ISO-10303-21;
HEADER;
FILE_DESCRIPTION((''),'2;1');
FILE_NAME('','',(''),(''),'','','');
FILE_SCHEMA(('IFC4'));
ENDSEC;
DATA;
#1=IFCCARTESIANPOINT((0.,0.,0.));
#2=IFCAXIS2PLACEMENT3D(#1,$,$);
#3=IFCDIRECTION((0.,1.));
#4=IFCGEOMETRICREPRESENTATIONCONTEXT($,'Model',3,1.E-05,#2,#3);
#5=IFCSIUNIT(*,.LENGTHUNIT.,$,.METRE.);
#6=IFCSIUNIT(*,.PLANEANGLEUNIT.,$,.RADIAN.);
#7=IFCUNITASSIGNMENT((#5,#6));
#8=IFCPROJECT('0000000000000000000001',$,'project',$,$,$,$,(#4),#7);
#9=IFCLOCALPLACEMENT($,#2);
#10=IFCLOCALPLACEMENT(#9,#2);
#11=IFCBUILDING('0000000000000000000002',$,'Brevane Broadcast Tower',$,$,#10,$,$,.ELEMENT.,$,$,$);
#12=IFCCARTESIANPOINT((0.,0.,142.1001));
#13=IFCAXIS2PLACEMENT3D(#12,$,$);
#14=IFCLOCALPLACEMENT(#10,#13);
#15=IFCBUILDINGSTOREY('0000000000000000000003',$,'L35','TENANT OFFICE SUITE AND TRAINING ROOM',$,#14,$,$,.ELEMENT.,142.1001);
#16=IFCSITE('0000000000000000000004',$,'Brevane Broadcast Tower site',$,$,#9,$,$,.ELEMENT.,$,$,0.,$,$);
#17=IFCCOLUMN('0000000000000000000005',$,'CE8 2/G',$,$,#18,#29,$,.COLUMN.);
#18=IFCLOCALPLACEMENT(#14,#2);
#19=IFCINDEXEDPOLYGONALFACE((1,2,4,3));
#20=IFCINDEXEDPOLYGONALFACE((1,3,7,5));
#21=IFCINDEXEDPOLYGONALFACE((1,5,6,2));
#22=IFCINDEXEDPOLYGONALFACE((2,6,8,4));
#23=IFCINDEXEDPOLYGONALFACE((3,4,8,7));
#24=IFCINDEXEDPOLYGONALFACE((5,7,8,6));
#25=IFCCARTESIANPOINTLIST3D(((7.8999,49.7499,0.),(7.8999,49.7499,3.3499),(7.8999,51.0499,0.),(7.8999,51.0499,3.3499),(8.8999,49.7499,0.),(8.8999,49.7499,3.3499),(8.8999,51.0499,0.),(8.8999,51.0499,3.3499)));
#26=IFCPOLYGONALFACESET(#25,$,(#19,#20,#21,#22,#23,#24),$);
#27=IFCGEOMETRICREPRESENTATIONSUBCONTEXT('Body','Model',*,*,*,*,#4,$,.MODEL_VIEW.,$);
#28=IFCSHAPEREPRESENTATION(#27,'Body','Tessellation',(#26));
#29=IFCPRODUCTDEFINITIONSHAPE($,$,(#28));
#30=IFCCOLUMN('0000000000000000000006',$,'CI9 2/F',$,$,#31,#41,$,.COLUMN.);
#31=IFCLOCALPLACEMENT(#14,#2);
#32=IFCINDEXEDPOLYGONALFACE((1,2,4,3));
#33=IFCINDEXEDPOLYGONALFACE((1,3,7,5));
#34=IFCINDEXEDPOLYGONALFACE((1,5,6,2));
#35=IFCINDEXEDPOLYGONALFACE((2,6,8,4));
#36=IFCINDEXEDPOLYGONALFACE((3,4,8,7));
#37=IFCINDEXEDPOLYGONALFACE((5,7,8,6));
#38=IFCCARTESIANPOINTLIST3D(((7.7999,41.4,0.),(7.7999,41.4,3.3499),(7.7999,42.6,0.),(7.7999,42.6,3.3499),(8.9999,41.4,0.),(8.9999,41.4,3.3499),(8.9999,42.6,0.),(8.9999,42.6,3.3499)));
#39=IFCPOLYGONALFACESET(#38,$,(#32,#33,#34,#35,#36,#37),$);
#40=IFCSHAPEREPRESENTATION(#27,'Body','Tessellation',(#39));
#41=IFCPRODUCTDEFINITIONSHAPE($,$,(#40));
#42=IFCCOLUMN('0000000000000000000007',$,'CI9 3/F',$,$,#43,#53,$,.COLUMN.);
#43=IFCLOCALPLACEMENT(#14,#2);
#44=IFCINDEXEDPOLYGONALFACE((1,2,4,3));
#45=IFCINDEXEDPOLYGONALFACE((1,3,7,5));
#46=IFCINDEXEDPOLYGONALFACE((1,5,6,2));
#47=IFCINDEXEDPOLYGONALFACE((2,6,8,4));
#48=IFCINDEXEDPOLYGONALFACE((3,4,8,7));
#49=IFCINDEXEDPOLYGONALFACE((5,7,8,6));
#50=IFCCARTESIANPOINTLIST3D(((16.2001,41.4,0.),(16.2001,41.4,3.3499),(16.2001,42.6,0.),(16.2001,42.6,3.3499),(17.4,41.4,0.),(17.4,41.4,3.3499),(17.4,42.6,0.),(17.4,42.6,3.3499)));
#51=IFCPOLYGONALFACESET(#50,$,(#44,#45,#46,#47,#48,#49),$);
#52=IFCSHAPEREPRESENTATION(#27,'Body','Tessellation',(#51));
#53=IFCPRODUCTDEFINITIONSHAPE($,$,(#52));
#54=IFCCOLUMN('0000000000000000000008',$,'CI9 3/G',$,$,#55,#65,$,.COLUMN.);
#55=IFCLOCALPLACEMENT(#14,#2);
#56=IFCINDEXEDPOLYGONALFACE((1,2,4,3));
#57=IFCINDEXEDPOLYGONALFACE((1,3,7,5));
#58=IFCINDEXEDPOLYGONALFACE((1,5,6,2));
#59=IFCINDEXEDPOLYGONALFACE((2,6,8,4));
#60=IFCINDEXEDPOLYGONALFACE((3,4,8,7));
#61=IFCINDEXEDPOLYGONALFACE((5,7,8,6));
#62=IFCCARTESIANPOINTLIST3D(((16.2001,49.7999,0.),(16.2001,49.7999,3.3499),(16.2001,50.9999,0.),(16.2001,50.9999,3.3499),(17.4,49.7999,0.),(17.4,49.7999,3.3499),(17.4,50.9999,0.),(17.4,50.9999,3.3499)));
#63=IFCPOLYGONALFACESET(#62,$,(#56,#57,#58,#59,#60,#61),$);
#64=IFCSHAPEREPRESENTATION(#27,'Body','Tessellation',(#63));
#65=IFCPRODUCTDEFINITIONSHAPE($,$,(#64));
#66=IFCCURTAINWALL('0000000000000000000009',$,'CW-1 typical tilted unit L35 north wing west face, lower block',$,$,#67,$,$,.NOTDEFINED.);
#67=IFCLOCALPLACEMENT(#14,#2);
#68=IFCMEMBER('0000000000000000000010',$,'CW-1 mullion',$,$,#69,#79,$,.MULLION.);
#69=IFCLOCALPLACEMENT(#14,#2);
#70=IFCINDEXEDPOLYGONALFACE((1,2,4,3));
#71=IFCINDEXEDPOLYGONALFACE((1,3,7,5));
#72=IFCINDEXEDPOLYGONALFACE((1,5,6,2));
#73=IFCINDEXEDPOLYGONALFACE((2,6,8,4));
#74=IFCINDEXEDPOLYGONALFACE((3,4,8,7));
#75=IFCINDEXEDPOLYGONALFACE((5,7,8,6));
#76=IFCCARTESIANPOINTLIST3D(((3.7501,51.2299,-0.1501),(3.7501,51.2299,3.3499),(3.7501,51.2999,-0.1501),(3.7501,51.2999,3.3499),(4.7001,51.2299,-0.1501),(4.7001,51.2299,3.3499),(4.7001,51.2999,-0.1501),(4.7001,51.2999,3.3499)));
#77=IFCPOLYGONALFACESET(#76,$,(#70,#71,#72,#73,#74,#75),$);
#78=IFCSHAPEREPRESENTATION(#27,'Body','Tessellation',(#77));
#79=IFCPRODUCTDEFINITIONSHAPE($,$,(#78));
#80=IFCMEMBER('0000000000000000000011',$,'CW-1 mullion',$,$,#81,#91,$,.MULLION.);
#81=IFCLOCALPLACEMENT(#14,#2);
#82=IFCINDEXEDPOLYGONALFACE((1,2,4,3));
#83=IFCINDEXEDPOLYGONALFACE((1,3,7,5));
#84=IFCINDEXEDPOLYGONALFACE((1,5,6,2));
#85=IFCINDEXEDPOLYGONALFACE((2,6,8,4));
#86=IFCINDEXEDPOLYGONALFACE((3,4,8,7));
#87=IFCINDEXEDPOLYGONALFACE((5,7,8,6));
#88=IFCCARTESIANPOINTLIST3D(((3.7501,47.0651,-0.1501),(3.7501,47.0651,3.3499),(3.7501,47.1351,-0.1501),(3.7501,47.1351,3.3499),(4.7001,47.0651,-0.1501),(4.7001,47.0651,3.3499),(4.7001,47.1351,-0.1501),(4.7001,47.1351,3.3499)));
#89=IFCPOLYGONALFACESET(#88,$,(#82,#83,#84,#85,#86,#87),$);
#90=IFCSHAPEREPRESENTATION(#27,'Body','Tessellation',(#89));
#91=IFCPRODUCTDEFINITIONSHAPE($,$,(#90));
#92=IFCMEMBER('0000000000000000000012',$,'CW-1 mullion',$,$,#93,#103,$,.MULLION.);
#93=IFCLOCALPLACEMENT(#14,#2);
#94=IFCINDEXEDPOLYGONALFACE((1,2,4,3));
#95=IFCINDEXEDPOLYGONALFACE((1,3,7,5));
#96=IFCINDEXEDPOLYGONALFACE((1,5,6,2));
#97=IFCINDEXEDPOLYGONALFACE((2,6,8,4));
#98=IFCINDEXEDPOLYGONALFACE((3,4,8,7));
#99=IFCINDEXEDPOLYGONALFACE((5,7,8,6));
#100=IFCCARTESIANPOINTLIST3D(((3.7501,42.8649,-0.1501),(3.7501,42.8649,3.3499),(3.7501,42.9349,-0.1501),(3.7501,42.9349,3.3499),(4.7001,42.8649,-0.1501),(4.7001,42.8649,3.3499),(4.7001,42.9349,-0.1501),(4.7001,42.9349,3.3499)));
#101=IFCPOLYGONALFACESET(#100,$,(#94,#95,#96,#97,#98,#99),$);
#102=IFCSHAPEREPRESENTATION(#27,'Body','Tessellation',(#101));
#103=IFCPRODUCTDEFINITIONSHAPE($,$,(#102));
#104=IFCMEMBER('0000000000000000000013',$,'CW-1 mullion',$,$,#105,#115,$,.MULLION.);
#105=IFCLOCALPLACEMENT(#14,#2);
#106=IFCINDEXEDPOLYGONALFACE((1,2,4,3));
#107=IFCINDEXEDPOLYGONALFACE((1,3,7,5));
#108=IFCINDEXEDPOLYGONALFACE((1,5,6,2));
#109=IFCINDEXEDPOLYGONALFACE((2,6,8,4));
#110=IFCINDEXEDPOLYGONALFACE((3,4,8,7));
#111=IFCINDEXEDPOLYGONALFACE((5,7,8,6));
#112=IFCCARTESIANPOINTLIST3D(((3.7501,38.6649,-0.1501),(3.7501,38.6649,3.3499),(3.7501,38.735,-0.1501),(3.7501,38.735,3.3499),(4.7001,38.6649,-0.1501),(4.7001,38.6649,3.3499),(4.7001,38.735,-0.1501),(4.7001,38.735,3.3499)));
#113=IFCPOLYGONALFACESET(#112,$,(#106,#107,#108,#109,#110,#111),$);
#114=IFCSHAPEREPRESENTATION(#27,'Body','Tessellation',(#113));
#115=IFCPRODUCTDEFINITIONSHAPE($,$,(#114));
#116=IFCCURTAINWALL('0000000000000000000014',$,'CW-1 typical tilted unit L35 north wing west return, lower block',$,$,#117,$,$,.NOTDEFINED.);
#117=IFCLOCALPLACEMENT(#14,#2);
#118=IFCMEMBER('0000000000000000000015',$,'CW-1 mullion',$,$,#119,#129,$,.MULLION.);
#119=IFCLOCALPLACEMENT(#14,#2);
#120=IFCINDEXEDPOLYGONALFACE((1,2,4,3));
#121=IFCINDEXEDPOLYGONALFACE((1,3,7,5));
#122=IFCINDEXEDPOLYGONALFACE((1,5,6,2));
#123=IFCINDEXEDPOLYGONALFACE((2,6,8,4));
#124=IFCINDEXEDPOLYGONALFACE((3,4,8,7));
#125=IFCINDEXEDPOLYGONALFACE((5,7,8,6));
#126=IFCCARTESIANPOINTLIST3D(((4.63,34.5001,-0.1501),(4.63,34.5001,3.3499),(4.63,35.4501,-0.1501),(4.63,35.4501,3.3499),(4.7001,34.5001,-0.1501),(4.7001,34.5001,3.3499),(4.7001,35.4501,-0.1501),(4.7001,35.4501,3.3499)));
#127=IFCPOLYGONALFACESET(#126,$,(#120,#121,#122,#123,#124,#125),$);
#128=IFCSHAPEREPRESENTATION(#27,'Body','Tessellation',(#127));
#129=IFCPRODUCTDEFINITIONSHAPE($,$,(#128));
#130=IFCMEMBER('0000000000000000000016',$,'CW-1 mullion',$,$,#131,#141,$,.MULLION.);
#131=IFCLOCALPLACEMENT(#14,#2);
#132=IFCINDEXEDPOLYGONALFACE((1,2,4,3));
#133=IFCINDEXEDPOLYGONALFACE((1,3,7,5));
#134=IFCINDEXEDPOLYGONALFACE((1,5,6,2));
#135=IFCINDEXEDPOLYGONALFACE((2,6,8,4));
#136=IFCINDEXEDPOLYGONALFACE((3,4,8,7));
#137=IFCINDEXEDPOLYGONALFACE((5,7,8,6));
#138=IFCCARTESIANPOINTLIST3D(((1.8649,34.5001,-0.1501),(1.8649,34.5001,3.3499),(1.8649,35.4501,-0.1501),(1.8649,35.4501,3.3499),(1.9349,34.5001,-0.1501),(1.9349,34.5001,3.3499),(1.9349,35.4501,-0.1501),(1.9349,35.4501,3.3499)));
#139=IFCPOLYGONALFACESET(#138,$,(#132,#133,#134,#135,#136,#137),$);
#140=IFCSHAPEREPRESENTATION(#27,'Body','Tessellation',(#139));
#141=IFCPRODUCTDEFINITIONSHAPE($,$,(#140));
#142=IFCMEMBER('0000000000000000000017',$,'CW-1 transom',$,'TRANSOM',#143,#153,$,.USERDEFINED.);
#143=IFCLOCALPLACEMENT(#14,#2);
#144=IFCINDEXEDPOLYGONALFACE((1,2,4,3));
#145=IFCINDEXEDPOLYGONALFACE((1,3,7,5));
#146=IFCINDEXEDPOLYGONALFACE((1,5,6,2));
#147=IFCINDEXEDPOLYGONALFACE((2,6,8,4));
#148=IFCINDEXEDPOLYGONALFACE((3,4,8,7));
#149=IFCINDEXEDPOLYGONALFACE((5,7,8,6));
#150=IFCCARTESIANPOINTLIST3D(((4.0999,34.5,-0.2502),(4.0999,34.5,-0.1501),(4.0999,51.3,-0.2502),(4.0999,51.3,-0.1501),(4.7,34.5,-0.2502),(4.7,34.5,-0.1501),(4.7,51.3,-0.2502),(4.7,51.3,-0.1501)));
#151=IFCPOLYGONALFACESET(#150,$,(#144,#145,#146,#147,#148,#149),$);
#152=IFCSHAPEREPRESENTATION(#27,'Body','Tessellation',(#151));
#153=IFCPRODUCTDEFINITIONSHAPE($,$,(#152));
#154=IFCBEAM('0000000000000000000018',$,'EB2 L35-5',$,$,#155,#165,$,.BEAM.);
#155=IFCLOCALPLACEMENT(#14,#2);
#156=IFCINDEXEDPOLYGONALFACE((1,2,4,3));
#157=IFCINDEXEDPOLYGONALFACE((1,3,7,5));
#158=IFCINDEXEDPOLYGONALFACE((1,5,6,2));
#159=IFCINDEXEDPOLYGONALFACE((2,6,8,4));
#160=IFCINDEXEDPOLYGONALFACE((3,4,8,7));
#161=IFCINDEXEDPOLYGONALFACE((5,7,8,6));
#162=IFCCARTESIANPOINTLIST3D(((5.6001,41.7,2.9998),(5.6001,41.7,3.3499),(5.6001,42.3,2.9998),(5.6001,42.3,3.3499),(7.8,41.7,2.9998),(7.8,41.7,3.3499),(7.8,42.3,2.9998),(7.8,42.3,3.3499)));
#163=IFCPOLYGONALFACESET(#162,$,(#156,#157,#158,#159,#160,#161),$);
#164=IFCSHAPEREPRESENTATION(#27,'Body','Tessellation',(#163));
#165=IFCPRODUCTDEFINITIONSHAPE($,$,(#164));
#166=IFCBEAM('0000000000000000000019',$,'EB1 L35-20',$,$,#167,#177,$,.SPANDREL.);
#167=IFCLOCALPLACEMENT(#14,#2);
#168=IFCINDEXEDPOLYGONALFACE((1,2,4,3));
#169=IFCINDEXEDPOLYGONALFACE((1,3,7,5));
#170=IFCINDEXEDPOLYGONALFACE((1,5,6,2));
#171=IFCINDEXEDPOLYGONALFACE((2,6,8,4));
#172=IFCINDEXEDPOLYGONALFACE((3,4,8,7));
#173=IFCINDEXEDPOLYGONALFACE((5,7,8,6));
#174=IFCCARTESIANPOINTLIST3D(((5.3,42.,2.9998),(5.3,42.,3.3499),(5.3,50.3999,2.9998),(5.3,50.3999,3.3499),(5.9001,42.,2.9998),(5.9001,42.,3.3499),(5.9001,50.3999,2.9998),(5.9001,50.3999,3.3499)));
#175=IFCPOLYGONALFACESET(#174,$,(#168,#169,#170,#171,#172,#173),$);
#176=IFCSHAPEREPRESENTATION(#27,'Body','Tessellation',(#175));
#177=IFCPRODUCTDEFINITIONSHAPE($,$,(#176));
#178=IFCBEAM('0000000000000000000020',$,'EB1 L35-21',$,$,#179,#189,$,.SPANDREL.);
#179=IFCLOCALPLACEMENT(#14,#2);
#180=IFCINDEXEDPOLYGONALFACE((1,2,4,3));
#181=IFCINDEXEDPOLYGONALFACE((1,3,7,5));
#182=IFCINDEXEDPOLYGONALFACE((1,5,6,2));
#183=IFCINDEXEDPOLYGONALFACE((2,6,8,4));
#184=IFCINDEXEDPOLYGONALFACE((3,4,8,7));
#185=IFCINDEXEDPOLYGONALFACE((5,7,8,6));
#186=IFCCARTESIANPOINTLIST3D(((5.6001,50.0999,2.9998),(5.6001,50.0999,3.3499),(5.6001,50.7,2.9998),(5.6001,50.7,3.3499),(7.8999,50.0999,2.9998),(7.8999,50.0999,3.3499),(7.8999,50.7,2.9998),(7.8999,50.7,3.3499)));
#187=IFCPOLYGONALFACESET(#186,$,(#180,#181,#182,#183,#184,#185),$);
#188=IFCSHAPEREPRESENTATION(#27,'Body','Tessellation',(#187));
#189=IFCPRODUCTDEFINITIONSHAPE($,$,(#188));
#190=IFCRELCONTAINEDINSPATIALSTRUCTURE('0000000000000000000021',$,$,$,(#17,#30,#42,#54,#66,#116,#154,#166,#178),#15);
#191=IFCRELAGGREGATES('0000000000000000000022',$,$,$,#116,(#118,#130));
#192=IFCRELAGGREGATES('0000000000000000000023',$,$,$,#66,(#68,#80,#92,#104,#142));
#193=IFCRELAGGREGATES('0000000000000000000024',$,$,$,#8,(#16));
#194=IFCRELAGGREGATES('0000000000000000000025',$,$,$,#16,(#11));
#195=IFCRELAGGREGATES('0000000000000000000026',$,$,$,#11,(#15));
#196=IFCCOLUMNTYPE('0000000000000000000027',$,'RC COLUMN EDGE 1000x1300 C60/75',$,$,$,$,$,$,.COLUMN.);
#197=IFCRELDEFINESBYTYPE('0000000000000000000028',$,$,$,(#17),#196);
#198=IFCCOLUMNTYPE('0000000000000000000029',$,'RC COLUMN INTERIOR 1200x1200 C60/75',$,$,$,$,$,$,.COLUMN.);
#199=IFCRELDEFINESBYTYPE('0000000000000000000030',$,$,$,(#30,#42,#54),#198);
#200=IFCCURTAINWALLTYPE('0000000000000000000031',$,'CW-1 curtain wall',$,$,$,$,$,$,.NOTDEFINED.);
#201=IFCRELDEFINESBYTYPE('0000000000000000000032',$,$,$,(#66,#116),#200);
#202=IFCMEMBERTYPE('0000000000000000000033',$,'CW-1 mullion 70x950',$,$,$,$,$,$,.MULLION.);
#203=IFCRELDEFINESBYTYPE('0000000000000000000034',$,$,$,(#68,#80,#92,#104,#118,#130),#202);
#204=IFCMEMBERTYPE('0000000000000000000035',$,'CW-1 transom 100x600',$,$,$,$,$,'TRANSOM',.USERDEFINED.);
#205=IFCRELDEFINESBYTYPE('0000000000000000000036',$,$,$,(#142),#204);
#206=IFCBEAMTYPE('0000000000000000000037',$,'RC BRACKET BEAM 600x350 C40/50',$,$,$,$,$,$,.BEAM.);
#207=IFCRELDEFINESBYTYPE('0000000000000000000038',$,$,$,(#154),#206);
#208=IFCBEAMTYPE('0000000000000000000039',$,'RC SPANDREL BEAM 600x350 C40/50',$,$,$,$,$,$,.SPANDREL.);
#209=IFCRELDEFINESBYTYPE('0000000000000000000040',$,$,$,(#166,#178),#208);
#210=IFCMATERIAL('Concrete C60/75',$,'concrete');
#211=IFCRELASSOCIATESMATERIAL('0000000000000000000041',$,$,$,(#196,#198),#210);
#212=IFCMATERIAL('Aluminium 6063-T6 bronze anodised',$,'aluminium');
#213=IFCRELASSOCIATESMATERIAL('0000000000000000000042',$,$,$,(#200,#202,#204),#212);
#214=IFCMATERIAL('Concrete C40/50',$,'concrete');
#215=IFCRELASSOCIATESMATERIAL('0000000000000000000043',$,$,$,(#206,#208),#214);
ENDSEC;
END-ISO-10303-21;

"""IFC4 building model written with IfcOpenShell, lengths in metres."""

from ifc_helpers import new_model, si_unit, direction, frame, origin, origin_2d, place, context, subcontext, project, spatial, rectangle, extrude, material, material_profile, profile_set, type_object, element, aggregate, save


model = new_model("IFC4")

# Units and contexts
model_context = context("Model", 3, precision=1e-05, world=origin(), true_north=direction((0.0, 1.0)))
body_context = subcontext(model_context, "Body", "Model", "MODEL_VIEW")
ifc_project = project(units=[si_unit("LENGTHUNIT", "METRE"), si_unit("PLANEANGLEUNIT", "RADIAN")], contexts=[model_context])

# Site, building, storey
site_placement = place(None, origin())
site = spatial("IfcSite", under=ifc_project, at=site_placement, Name="Brevane Broadcast Tower site", CompositionType="ELEMENT", RefElevation=0.0)
building_placement = place(site_placement, origin())
building = spatial("IfcBuilding", under=site, at=building_placement, Name="Brevane Broadcast Tower", CompositionType="ELEMENT")
storey_placement = place(building_placement, frame((0.0, 0.0, 142.1001)))
storey = spatial("IfcBuildingStorey", under=building, at=storey_placement, Name="L35", Description="TENANT OFFICE SUITE AND TRAINING ROOM", CompositionType="ELEMENT", Elevation=142.1001)

# Columns
ifc_material_1 = material(Name="Concrete C60/75", Category="concrete")
ifc_material_profile_1 = material_profile(ifc_material_1, rectangle(XDim=1.0, YDim=1.3, at=origin_2d()), Name="RC 1000x1300")
ifc_profile_set_1 = profile_set([ifc_material_profile_1], Name="Concrete C60/75")
column_type_1 = type_object("IfcColumnType", Name="RC COLUMN EDGE 1000x1300 C60/75", PredefinedType="COLUMN", material=ifc_profile_set_1)
column_placement = place(storey_placement, frame((8.3999, 50.3999, 0.0), z_axis=(0.0, 0.0, 1.0), x_axis=(1.0, 0.0, 0.0)))
element("IfcColumn", 1, at=column_placement, inside=storey, type_object=column_type_1, Name="CE8 2/G", PredefinedType="COLUMN", context=body_context, shape_type="SweptSolid", body=[
    extrude(rectangle(XDim=1.0, YDim=1.3, at=origin_2d()), origin(), (0.0, 0.0, 1.0), 3.3499),
])
ifc_material_profile_2 = material_profile(ifc_material_1, rectangle(XDim=1.2, YDim=1.2, at=origin_2d()), Name="RC 1200x1200")
ifc_profile_set_2 = profile_set([ifc_material_profile_2], Name="Concrete C60/75")
column_type_2 = type_object("IfcColumnType", Name="RC COLUMN INTERIOR 1200x1200 C60/75", PredefinedType="COLUMN", material=ifc_profile_set_2)
for number, where, z_axis, x_axis, name in (
    (2, (8.3999, 42.0, 0.0), (0.0, 0.0, 1.0), (1.0, 0.0, 0.0), "CI9 2/F"),
    (3, (16.8, 42.0, 0.0), (0.0, 0.0, 1.0), (1.0, 0.0, 0.0), "CI9 3/F"),
    (4, (16.8, 50.3999, 0.0), (0.0, 0.0, 1.0), (1.0, 0.0, 0.0), "CI9 3/G"),
):
    element("IfcColumn", number, at=place(storey_placement, frame(where, z_axis=z_axis, x_axis=x_axis)), inside=storey, type_object=column_type_2, Name=name, PredefinedType="COLUMN", context=body_context, shape_type="SweptSolid", body=[
        extrude(rectangle(XDim=1.2, YDim=1.2, at=origin_2d()), origin(), (0.0, 0.0, 1.0), 3.3499),
    ])

# Curtain walls, members
ifc_material_2 = material(Name="Aluminium 6063-T6 bronze anodised", Category="aluminium")
curtain_wall_type = type_object("IfcCurtainWallType", Name="CW-1 curtain wall", PredefinedType="NOTDEFINED", material=ifc_material_2)
curtain_wall_1_placement = place(storey_placement, origin())
curtain_wall_1 = element("IfcCurtainWall", 5, at=curtain_wall_1_placement, inside=storey, type_object=curtain_wall_type, Name="CW-1 typical tilted unit L35 north wing west face, lower block", PredefinedType="NOTDEFINED")
ifc_material_profile_3 = material_profile(ifc_material_2, rectangle(XDim=0.95, YDim=0.0701, at=origin_2d()), Name="RECT 70x950")
ifc_profile_set_3 = profile_set([ifc_material_profile_3], Name="Aluminium 6063-T6 bronze anodised")
member_type_1 = type_object("IfcMemberType", Name="CW-1 mullion 70x950", PredefinedType="MULLION", material=ifc_profile_set_3)
member_1_placement = place(storey_placement, frame((4.2251, 51.2649, -0.1501), z_axis=(0.0, 0.0, 1.0), x_axis=(1.0, 0.0, 0.0)))
member_1 = element("IfcMember", 6, at=member_1_placement, type_object=member_type_1, Name="CW-1 mullion", PredefinedType="MULLION", context=body_context, shape_type="SweptSolid", body=[
    extrude(rectangle(XDim=0.95, YDim=0.0701, at=origin_2d()), origin(), (0.0, 0.0, 1.0), 3.5),
])
member_2_placement = place(storey_placement, frame((4.2251, 47.1001, -0.1501), z_axis=(0.0, 0.0, 1.0), x_axis=(1.0, 0.0, 0.0)))
member_2 = element("IfcMember", 7, at=member_2_placement, type_object=member_type_1, Name="CW-1 mullion", PredefinedType="MULLION", context=body_context, shape_type="SweptSolid", body=[
    extrude(rectangle(XDim=0.95, YDim=0.0701, at=origin_2d()), origin(), (0.0, 0.0, 1.0), 3.5),
])
member_3_placement = place(storey_placement, frame((4.2251, 42.8999, -0.1501), z_axis=(0.0, 0.0, 1.0), x_axis=(1.0, 0.0, 0.0)))
member_3 = element("IfcMember", 8, at=member_3_placement, type_object=member_type_1, Name="CW-1 mullion", PredefinedType="MULLION", context=body_context, shape_type="SweptSolid", body=[
    extrude(rectangle(XDim=0.95, YDim=0.0701, at=origin_2d()), origin(), (0.0, 0.0, 1.0), 3.5),
])
member_4_placement = place(storey_placement, frame((4.2251, 38.7, -0.1501), z_axis=(0.0, 0.0, 1.0), x_axis=(1.0, 0.0, 0.0)))
member_4 = element("IfcMember", 9, at=member_4_placement, type_object=member_type_1, Name="CW-1 mullion", PredefinedType="MULLION", context=body_context, shape_type="SweptSolid", body=[
    extrude(rectangle(XDim=0.95, YDim=0.0701, at=origin_2d()), origin(), (0.0, 0.0, 1.0), 3.5),
])
curtain_wall_2_placement = place(storey_placement, origin())
curtain_wall_2 = element("IfcCurtainWall", 10, at=curtain_wall_2_placement, inside=storey, type_object=curtain_wall_type, Name="CW-1 typical tilted unit L35 north wing west return, lower block", PredefinedType="NOTDEFINED")
member_5_placement = place(storey_placement, frame((4.665, 34.9751, -0.1501), z_axis=(0.0, 0.0, 1.0), x_axis=(0.0, -1.0, 0.0)))
member_5 = element("IfcMember", 11, at=member_5_placement, type_object=member_type_1, Name="CW-1 mullion", PredefinedType="MULLION", context=body_context, shape_type="SweptSolid", body=[
    extrude(rectangle(XDim=0.95, YDim=0.0701, at=origin_2d()), origin(), (0.0, 0.0, 1.0), 3.5),
])
member_6_placement = place(storey_placement, frame((1.8999, 34.9751, -0.1501), z_axis=(0.0, 0.0, 1.0), x_axis=(0.0, -1.0, 0.0)))
member_6 = element("IfcMember", 12, at=member_6_placement, type_object=member_type_1, Name="CW-1 mullion", PredefinedType="MULLION", context=body_context, shape_type="SweptSolid", body=[
    extrude(rectangle(XDim=0.95, YDim=0.0701, at=origin_2d()), origin(), (0.0, 0.0, 1.0), 3.5),
])
aggregate(curtain_wall_2, [member_5, member_6])

# Member
ifc_material_profile_4 = material_profile(ifc_material_2, rectangle(XDim=0.6001, YDim=0.1001, at=origin_2d()), Name="RECT 100x600")
ifc_profile_set_4 = profile_set([ifc_material_profile_4], Name="Aluminium 6063-T6 bronze anodised")
member_type_2 = type_object("IfcMemberType", Name="CW-1 transom 100x600", ElementType="TRANSOM", PredefinedType="USERDEFINED", material=ifc_profile_set_4)
member_7_placement = place(storey_placement, frame((4.3999, 51.3, -0.2002), z_axis=(0.0, -1.0, 0.0), x_axis=(1.0, 0.0, 0.0)))
member_7 = element("IfcMember", 13, at=member_7_placement, type_object=member_type_2, Name="CW-1 transom", ObjectType="TRANSOM", PredefinedType="USERDEFINED", context=body_context, shape_type="SweptSolid", body=[
    extrude(rectangle(XDim=0.6001, YDim=0.1001, at=origin_2d()), origin(), (0.0, 0.0, 1.0), 16.8),
])
aggregate(curtain_wall_1, [member_1, member_2, member_3, member_4, member_7])

# Beams
ifc_material_3 = material(Name="Concrete C40/50", Category="concrete")
ifc_material_profile_5 = material_profile(ifc_material_3, rectangle(XDim=0.6001, YDim=0.3501, at=origin_2d()), Name="RC 600x350")
ifc_profile_set_5 = profile_set([ifc_material_profile_5], Name="Concrete C40/50")
beam_type_1 = type_object("IfcBeamType", Name="RC BRACKET BEAM 600x350 C40/50", PredefinedType="BEAM", material=ifc_profile_set_5)
beam_1_placement = place(storey_placement, frame((7.8, 42.0, 3.1748), z_axis=(-1.0, 0.0, 0.0), x_axis=(0.0, -1.0, 0.0)))
element("IfcBeam", 14, at=beam_1_placement, inside=storey, type_object=beam_type_1, Name="EB2 L35-5", PredefinedType="BEAM", context=body_context, shape_type="SweptSolid", body=[
    extrude(rectangle(XDim=0.6001, YDim=0.3501, at=origin_2d()), origin(), (0.0, 0.0, 1.0), 2.2),
])
ifc_material_profile_6 = material_profile(ifc_material_3, rectangle(XDim=0.6001, YDim=0.3501, at=origin_2d()), Name="RC 600x350")
ifc_profile_set_6 = profile_set([ifc_material_profile_6], Name="Concrete C40/50")
beam_type_2 = type_object("IfcBeamType", Name="RC SPANDREL BEAM 600x350 C40/50", PredefinedType="SPANDREL", material=ifc_profile_set_6)
beam_2_placement = place(storey_placement, frame((5.6001, 42.0, 3.1748), z_axis=(0.0, 1.0, 0.0), x_axis=(-1.0, 0.0, 0.0)))
element("IfcBeam", 15, at=beam_2_placement, inside=storey, type_object=beam_type_2, Name="EB1 L35-20", PredefinedType="SPANDREL", context=body_context, shape_type="SweptSolid", body=[
    extrude(rectangle(XDim=0.6001, YDim=0.3501, at=origin_2d()), origin(), (0.0, 0.0, 1.0), 8.3999),
])
beam_3_placement = place(storey_placement, frame((5.6001, 50.3999, 3.1748), z_axis=(1.0, 0.0, 0.0), x_axis=(0.0, 1.0, 0.0)))
element("IfcBeam", 16, at=beam_3_placement, inside=storey, type_object=beam_type_2, Name="EB1 L35-21", PredefinedType="SPANDREL", context=body_context, shape_type="SweptSolid", body=[
    extrude(rectangle(XDim=0.6001, YDim=0.3501, at=origin_2d()), origin(), (0.0, 0.0, 1.0), 2.2998),
])

save(model, "model.ifc")
